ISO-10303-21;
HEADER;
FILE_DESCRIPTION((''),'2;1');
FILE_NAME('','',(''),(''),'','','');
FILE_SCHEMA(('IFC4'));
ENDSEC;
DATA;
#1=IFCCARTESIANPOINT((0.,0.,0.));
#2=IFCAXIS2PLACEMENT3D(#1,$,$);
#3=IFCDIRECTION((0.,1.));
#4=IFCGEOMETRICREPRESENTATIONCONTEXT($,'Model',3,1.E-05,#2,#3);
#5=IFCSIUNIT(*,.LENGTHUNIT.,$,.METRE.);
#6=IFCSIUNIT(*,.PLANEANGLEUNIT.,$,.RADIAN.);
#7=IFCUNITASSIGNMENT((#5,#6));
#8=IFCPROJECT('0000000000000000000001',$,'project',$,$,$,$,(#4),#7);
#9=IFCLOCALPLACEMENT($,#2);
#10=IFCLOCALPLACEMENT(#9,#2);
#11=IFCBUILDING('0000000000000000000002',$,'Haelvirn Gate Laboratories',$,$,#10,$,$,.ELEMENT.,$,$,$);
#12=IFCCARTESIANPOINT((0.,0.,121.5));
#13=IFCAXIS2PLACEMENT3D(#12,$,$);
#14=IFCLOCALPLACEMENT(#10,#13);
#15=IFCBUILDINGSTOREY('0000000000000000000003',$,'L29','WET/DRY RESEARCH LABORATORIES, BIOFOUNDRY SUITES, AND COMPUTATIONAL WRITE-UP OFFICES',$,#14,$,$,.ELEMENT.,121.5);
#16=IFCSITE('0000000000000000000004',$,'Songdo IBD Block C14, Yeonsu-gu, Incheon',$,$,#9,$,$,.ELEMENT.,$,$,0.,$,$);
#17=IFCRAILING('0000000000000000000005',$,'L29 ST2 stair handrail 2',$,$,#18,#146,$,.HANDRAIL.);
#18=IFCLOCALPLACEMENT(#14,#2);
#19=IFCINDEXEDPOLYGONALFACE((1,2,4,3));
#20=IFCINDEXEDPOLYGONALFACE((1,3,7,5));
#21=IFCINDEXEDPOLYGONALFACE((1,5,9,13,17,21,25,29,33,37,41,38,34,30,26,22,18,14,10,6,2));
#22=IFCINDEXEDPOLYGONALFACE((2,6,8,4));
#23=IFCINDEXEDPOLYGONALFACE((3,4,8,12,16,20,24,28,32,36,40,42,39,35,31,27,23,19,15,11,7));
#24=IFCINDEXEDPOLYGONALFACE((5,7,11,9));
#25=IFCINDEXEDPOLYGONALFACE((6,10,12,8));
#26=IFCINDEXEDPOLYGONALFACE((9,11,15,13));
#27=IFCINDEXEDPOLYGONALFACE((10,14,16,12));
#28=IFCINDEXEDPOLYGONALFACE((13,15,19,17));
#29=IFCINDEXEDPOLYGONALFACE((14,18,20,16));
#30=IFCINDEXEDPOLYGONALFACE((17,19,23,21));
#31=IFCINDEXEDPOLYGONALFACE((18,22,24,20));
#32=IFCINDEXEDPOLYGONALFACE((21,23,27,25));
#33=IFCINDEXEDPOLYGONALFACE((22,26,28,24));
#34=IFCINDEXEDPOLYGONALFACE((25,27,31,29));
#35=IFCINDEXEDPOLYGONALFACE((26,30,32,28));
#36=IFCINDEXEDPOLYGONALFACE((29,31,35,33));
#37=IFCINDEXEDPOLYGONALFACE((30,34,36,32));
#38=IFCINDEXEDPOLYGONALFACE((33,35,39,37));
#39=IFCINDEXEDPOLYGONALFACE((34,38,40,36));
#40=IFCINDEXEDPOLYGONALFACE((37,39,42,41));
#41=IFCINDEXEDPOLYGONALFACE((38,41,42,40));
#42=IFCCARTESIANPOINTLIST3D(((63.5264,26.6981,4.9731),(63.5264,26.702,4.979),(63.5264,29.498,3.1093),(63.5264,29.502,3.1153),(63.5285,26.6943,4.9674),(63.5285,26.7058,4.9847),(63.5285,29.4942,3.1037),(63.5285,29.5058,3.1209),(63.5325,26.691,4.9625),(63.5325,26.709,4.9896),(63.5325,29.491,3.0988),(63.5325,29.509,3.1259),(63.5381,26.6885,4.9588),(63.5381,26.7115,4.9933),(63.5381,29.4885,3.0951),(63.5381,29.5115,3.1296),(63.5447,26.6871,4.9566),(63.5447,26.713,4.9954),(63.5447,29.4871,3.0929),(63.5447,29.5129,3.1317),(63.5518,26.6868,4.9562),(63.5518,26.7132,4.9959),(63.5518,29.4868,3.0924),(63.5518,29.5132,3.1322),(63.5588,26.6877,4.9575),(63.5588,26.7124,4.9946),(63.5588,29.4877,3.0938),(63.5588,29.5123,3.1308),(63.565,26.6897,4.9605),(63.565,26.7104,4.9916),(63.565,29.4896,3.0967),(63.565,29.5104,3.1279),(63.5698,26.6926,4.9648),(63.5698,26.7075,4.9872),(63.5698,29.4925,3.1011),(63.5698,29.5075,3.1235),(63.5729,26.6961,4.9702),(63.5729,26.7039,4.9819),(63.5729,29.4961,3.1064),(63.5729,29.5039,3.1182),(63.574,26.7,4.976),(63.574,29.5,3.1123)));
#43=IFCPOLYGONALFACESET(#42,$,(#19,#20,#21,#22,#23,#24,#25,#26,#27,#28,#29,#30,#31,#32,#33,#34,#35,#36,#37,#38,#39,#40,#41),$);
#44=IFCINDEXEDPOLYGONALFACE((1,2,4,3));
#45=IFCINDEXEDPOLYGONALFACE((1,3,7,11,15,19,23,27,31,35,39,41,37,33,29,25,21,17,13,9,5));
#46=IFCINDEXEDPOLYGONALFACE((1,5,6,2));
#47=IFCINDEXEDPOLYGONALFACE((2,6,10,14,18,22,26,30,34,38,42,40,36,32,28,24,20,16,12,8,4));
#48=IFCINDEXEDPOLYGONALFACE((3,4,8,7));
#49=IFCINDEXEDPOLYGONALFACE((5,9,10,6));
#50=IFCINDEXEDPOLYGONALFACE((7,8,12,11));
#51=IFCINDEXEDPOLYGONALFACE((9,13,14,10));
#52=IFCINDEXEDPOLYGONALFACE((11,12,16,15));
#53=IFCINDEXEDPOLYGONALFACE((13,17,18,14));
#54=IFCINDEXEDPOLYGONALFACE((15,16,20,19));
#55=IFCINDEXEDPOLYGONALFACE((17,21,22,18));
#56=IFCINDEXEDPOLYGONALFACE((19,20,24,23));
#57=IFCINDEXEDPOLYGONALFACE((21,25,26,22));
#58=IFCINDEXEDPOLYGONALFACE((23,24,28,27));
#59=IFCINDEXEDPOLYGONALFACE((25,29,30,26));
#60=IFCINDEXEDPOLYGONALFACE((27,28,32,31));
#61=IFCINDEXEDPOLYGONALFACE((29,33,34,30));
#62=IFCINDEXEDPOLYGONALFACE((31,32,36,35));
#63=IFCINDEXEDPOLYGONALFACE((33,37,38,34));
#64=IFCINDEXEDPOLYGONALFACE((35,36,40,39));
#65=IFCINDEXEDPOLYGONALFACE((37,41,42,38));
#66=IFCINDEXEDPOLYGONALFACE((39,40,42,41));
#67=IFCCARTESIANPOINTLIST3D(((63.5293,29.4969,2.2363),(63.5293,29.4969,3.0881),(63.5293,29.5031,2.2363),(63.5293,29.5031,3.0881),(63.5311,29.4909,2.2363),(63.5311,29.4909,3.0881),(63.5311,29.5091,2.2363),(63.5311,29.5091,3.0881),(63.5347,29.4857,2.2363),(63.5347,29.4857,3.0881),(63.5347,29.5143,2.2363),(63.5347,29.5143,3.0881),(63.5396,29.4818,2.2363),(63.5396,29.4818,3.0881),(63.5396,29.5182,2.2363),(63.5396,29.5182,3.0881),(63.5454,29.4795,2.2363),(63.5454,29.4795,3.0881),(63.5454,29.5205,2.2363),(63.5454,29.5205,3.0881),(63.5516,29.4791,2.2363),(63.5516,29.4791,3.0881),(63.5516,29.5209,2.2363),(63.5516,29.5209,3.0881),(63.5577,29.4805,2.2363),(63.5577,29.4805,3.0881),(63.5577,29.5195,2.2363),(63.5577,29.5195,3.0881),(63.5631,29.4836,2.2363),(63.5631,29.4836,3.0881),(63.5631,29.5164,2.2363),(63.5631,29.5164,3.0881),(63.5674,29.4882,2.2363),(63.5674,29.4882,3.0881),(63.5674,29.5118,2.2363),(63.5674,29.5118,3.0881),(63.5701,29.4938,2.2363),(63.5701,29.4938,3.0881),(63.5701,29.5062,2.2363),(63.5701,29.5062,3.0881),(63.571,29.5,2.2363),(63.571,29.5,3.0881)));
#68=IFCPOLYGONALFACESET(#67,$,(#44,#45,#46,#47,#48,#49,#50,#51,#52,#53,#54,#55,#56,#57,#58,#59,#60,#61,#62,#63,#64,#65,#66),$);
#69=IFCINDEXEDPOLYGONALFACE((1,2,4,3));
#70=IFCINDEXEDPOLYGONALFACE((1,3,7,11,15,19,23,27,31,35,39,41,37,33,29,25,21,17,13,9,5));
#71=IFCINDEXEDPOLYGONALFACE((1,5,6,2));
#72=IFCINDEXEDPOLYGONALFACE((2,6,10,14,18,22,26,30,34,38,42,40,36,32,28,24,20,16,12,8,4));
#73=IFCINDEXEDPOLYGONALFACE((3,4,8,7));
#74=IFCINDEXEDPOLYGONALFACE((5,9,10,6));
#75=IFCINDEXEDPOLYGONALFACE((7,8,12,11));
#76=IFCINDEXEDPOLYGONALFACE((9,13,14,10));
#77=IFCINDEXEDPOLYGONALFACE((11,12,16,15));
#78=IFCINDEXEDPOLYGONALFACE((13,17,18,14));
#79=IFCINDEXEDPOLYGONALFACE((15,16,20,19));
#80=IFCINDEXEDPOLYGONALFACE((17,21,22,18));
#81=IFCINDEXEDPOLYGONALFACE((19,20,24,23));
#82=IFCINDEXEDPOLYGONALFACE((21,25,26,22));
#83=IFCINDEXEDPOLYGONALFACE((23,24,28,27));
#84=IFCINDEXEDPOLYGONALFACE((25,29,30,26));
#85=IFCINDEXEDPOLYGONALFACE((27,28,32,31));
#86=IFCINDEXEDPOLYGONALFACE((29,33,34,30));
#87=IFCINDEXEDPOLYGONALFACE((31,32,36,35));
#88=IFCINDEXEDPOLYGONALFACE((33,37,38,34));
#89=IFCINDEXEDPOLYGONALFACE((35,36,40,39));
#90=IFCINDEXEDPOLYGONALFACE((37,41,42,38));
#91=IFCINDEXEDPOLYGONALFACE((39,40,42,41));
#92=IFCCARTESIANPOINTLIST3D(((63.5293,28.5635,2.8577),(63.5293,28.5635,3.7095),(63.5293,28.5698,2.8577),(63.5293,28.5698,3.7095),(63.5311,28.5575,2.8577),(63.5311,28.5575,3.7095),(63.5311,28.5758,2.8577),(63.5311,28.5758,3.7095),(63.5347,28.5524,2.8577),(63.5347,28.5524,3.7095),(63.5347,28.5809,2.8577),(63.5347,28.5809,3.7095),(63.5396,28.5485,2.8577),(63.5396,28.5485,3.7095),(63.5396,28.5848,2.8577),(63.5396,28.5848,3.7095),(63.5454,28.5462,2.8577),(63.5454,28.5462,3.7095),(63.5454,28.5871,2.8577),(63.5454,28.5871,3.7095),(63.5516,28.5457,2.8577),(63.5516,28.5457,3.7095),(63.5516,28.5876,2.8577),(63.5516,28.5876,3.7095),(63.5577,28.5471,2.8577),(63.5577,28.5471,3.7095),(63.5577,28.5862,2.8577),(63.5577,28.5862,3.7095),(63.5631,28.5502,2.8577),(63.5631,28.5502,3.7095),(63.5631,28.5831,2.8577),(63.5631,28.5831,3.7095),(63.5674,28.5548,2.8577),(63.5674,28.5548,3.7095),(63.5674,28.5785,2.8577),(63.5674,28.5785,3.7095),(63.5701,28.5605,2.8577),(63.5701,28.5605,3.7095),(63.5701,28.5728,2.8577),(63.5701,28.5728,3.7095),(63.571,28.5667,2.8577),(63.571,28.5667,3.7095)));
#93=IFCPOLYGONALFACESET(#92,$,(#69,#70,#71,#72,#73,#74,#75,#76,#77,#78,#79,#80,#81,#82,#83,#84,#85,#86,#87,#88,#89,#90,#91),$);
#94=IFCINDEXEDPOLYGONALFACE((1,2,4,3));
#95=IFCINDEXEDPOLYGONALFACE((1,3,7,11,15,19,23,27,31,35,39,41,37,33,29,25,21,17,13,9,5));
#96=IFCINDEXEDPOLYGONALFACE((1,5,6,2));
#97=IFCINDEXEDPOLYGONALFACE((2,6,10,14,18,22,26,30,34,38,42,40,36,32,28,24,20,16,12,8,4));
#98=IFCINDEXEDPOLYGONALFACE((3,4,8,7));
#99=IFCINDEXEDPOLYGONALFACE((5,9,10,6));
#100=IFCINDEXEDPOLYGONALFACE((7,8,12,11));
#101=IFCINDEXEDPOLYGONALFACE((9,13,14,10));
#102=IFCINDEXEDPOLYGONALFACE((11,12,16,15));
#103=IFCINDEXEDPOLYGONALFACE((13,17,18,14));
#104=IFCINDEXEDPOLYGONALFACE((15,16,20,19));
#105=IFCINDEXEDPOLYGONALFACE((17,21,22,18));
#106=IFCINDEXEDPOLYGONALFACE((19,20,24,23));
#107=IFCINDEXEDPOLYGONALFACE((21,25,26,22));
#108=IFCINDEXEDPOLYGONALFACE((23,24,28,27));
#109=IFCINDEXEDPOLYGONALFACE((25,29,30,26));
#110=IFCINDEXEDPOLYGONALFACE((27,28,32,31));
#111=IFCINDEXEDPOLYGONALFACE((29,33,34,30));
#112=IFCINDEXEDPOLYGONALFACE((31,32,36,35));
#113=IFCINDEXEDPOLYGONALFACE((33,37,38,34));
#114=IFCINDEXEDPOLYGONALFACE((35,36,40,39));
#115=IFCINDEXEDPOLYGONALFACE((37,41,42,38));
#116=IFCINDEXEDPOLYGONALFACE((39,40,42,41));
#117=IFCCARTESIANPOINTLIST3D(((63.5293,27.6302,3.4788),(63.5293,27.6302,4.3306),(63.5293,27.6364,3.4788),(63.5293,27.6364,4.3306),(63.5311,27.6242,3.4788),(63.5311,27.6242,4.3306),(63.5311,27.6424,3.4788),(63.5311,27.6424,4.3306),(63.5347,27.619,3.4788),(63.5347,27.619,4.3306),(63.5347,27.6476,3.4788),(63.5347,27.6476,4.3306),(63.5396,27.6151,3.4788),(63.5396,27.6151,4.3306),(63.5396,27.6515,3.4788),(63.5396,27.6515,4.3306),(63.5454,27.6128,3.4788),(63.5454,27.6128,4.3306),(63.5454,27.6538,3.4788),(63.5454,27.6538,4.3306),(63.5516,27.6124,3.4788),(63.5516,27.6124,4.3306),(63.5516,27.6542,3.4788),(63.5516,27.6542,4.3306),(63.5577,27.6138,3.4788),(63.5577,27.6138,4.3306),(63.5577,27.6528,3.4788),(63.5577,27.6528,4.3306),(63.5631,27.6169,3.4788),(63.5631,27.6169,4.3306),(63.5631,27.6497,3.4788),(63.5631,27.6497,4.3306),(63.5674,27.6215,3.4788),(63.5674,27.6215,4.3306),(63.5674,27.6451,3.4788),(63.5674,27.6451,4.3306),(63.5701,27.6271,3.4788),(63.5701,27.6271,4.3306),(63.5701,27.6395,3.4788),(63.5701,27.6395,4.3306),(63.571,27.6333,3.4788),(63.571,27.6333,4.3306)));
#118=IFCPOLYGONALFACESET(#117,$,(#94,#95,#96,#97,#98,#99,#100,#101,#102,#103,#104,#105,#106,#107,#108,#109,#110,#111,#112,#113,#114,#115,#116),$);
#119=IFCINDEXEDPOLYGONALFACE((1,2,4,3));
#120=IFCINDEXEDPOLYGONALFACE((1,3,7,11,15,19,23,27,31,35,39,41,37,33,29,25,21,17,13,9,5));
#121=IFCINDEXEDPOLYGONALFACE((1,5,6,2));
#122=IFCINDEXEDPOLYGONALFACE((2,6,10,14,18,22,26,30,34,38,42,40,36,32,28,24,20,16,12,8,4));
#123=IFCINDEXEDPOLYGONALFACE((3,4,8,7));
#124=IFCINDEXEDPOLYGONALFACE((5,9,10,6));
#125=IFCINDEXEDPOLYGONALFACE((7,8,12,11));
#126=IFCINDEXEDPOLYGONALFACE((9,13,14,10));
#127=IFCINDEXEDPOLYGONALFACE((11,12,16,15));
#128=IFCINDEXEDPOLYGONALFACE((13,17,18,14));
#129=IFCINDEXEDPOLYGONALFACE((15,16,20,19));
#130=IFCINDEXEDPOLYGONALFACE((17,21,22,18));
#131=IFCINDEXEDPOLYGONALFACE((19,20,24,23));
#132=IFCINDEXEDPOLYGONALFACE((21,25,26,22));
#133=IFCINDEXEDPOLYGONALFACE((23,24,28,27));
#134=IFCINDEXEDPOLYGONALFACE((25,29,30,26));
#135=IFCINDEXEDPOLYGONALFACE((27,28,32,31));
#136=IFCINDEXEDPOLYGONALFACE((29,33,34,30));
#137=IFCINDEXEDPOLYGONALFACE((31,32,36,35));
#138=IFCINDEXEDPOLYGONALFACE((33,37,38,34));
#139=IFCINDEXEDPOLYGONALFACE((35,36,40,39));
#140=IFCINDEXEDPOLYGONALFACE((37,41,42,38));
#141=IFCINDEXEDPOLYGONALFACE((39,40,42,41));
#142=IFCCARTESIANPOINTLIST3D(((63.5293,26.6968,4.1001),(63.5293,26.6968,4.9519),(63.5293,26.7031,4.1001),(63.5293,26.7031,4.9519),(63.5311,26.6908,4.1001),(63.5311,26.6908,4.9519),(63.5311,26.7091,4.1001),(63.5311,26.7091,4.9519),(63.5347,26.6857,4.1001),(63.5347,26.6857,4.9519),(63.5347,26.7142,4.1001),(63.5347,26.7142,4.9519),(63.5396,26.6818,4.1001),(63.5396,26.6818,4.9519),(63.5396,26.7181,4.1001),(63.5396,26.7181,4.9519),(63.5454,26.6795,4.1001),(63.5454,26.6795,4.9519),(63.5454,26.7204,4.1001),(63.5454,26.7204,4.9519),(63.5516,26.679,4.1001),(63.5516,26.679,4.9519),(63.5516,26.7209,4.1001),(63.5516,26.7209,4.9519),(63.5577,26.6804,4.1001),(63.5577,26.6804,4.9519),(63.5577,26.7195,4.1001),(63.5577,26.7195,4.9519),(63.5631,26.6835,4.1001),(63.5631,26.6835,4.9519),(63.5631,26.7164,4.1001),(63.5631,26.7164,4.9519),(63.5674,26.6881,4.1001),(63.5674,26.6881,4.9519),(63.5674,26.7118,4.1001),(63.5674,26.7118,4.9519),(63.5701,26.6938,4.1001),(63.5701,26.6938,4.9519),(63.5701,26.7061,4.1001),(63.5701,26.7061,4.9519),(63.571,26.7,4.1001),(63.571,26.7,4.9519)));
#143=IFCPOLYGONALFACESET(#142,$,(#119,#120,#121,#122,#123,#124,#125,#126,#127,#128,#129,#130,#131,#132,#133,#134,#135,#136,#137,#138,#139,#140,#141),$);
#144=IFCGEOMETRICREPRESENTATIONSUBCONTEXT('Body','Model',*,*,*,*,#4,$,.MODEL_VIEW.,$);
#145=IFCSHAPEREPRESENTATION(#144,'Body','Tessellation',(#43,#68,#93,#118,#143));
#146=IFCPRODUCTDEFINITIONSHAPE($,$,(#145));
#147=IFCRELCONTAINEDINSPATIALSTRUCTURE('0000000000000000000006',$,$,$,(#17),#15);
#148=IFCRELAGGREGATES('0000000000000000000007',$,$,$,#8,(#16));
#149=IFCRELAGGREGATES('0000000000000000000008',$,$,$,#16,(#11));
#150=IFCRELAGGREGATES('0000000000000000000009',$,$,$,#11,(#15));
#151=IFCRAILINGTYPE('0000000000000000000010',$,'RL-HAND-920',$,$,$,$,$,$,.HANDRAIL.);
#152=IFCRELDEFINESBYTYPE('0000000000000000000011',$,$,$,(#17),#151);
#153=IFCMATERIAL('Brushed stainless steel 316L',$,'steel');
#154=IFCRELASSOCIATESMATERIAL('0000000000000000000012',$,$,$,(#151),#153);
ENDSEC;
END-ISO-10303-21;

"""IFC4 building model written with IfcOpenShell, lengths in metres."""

from ifc_helpers import new_model, si_unit, direction, frame, origin, origin_2d, place, context, subcontext, project, spatial, circle, extrude, source, transform, mapped, material, type_object, element, save


model = new_model("IFC4")

# Units and contexts
model_context = context("Model", 3, precision=1e-05, world=origin(), true_north=direction((0.0, 1.0)))
body_context = subcontext(model_context, "Body", "Model", "MODEL_VIEW")
ifc_project = project(units=[si_unit("LENGTHUNIT", "METRE"), si_unit("PLANEANGLEUNIT", "RADIAN")], contexts=[model_context])

# Site, building, storey
site_placement = place(None, origin())
site = spatial("IfcSite", under=ifc_project, at=site_placement, Name="Songdo IBD Block C14, Yeonsu-gu, Incheon", CompositionType="ELEMENT", RefElevation=0.0)
building_placement = place(site_placement, origin())
building = spatial("IfcBuilding", under=site, at=building_placement, Name="Haelvirn Gate Laboratories", CompositionType="ELEMENT")
storey_placement = place(building_placement, frame((0.0, 0.0, 121.5)))
storey = spatial("IfcBuildingStorey", under=building, at=storey_placement, Name="L29", Description="WET/DRY RESEARCH LABORATORIES, BIOFOUNDRY SUITES, AND COMPUTATIONAL WRITE-UP OFFICES", CompositionType="ELEMENT", Elevation=121.5)

# Railing
ifc_material_1 = material(Name="Brushed stainless steel 316L", Category="steel")
railing_type_1 = type_object("IfcRailingType", Name="RL-HAND-920", PredefinedType="HANDRAIL", material=ifc_material_1)
shared_shape_1 = source(origin(), body_context, "Body", "SweptSolid", [
    extrude(circle(Radius=0.0239, at=origin_2d()), frame((0.0, 0.0, 0.876), z_axis=(0.0, -0.832452, 0.554097), x_axis=(1.0, 0.0, 0.0)), (0.0, 0.0, 1.0), 3.3635),
    extrude(circle(Radius=0.021, at=origin_2d()), origin(), (0.0, 0.0, 1.0), 0.8518),
    extrude(circle(Radius=0.021, at=origin_2d()), frame((0.0, -0.9333, 0.6213)), (0.0, 0.0, 1.0), 0.8518),
    extrude(circle(Radius=0.021, at=origin_2d()), frame((0.0, -1.8667, 1.2424)), (0.0, 0.0, 1.0), 0.8518),
    extrude(circle(Radius=0.021, at=origin_2d()), frame((0.0, -2.8, 1.8638)), (0.0, 0.0, 1.0), 0.8518),
])
railing_1_placement = place(storey_placement, frame((63.55, 29.5, 2.2363)))
element("IfcRailing", 1, at=railing_1_placement, inside=storey, type_object=railing_type_1, Name="L29 ST2 stair handrail 2", PredefinedType="HANDRAIL", context=body_context, shape_type="MappedRepresentation", body=[
    mapped(shared_shape_1, transform((0.0, 0.0, 0.0), scale=1.0)),
])

save(model, "model.ifc")
